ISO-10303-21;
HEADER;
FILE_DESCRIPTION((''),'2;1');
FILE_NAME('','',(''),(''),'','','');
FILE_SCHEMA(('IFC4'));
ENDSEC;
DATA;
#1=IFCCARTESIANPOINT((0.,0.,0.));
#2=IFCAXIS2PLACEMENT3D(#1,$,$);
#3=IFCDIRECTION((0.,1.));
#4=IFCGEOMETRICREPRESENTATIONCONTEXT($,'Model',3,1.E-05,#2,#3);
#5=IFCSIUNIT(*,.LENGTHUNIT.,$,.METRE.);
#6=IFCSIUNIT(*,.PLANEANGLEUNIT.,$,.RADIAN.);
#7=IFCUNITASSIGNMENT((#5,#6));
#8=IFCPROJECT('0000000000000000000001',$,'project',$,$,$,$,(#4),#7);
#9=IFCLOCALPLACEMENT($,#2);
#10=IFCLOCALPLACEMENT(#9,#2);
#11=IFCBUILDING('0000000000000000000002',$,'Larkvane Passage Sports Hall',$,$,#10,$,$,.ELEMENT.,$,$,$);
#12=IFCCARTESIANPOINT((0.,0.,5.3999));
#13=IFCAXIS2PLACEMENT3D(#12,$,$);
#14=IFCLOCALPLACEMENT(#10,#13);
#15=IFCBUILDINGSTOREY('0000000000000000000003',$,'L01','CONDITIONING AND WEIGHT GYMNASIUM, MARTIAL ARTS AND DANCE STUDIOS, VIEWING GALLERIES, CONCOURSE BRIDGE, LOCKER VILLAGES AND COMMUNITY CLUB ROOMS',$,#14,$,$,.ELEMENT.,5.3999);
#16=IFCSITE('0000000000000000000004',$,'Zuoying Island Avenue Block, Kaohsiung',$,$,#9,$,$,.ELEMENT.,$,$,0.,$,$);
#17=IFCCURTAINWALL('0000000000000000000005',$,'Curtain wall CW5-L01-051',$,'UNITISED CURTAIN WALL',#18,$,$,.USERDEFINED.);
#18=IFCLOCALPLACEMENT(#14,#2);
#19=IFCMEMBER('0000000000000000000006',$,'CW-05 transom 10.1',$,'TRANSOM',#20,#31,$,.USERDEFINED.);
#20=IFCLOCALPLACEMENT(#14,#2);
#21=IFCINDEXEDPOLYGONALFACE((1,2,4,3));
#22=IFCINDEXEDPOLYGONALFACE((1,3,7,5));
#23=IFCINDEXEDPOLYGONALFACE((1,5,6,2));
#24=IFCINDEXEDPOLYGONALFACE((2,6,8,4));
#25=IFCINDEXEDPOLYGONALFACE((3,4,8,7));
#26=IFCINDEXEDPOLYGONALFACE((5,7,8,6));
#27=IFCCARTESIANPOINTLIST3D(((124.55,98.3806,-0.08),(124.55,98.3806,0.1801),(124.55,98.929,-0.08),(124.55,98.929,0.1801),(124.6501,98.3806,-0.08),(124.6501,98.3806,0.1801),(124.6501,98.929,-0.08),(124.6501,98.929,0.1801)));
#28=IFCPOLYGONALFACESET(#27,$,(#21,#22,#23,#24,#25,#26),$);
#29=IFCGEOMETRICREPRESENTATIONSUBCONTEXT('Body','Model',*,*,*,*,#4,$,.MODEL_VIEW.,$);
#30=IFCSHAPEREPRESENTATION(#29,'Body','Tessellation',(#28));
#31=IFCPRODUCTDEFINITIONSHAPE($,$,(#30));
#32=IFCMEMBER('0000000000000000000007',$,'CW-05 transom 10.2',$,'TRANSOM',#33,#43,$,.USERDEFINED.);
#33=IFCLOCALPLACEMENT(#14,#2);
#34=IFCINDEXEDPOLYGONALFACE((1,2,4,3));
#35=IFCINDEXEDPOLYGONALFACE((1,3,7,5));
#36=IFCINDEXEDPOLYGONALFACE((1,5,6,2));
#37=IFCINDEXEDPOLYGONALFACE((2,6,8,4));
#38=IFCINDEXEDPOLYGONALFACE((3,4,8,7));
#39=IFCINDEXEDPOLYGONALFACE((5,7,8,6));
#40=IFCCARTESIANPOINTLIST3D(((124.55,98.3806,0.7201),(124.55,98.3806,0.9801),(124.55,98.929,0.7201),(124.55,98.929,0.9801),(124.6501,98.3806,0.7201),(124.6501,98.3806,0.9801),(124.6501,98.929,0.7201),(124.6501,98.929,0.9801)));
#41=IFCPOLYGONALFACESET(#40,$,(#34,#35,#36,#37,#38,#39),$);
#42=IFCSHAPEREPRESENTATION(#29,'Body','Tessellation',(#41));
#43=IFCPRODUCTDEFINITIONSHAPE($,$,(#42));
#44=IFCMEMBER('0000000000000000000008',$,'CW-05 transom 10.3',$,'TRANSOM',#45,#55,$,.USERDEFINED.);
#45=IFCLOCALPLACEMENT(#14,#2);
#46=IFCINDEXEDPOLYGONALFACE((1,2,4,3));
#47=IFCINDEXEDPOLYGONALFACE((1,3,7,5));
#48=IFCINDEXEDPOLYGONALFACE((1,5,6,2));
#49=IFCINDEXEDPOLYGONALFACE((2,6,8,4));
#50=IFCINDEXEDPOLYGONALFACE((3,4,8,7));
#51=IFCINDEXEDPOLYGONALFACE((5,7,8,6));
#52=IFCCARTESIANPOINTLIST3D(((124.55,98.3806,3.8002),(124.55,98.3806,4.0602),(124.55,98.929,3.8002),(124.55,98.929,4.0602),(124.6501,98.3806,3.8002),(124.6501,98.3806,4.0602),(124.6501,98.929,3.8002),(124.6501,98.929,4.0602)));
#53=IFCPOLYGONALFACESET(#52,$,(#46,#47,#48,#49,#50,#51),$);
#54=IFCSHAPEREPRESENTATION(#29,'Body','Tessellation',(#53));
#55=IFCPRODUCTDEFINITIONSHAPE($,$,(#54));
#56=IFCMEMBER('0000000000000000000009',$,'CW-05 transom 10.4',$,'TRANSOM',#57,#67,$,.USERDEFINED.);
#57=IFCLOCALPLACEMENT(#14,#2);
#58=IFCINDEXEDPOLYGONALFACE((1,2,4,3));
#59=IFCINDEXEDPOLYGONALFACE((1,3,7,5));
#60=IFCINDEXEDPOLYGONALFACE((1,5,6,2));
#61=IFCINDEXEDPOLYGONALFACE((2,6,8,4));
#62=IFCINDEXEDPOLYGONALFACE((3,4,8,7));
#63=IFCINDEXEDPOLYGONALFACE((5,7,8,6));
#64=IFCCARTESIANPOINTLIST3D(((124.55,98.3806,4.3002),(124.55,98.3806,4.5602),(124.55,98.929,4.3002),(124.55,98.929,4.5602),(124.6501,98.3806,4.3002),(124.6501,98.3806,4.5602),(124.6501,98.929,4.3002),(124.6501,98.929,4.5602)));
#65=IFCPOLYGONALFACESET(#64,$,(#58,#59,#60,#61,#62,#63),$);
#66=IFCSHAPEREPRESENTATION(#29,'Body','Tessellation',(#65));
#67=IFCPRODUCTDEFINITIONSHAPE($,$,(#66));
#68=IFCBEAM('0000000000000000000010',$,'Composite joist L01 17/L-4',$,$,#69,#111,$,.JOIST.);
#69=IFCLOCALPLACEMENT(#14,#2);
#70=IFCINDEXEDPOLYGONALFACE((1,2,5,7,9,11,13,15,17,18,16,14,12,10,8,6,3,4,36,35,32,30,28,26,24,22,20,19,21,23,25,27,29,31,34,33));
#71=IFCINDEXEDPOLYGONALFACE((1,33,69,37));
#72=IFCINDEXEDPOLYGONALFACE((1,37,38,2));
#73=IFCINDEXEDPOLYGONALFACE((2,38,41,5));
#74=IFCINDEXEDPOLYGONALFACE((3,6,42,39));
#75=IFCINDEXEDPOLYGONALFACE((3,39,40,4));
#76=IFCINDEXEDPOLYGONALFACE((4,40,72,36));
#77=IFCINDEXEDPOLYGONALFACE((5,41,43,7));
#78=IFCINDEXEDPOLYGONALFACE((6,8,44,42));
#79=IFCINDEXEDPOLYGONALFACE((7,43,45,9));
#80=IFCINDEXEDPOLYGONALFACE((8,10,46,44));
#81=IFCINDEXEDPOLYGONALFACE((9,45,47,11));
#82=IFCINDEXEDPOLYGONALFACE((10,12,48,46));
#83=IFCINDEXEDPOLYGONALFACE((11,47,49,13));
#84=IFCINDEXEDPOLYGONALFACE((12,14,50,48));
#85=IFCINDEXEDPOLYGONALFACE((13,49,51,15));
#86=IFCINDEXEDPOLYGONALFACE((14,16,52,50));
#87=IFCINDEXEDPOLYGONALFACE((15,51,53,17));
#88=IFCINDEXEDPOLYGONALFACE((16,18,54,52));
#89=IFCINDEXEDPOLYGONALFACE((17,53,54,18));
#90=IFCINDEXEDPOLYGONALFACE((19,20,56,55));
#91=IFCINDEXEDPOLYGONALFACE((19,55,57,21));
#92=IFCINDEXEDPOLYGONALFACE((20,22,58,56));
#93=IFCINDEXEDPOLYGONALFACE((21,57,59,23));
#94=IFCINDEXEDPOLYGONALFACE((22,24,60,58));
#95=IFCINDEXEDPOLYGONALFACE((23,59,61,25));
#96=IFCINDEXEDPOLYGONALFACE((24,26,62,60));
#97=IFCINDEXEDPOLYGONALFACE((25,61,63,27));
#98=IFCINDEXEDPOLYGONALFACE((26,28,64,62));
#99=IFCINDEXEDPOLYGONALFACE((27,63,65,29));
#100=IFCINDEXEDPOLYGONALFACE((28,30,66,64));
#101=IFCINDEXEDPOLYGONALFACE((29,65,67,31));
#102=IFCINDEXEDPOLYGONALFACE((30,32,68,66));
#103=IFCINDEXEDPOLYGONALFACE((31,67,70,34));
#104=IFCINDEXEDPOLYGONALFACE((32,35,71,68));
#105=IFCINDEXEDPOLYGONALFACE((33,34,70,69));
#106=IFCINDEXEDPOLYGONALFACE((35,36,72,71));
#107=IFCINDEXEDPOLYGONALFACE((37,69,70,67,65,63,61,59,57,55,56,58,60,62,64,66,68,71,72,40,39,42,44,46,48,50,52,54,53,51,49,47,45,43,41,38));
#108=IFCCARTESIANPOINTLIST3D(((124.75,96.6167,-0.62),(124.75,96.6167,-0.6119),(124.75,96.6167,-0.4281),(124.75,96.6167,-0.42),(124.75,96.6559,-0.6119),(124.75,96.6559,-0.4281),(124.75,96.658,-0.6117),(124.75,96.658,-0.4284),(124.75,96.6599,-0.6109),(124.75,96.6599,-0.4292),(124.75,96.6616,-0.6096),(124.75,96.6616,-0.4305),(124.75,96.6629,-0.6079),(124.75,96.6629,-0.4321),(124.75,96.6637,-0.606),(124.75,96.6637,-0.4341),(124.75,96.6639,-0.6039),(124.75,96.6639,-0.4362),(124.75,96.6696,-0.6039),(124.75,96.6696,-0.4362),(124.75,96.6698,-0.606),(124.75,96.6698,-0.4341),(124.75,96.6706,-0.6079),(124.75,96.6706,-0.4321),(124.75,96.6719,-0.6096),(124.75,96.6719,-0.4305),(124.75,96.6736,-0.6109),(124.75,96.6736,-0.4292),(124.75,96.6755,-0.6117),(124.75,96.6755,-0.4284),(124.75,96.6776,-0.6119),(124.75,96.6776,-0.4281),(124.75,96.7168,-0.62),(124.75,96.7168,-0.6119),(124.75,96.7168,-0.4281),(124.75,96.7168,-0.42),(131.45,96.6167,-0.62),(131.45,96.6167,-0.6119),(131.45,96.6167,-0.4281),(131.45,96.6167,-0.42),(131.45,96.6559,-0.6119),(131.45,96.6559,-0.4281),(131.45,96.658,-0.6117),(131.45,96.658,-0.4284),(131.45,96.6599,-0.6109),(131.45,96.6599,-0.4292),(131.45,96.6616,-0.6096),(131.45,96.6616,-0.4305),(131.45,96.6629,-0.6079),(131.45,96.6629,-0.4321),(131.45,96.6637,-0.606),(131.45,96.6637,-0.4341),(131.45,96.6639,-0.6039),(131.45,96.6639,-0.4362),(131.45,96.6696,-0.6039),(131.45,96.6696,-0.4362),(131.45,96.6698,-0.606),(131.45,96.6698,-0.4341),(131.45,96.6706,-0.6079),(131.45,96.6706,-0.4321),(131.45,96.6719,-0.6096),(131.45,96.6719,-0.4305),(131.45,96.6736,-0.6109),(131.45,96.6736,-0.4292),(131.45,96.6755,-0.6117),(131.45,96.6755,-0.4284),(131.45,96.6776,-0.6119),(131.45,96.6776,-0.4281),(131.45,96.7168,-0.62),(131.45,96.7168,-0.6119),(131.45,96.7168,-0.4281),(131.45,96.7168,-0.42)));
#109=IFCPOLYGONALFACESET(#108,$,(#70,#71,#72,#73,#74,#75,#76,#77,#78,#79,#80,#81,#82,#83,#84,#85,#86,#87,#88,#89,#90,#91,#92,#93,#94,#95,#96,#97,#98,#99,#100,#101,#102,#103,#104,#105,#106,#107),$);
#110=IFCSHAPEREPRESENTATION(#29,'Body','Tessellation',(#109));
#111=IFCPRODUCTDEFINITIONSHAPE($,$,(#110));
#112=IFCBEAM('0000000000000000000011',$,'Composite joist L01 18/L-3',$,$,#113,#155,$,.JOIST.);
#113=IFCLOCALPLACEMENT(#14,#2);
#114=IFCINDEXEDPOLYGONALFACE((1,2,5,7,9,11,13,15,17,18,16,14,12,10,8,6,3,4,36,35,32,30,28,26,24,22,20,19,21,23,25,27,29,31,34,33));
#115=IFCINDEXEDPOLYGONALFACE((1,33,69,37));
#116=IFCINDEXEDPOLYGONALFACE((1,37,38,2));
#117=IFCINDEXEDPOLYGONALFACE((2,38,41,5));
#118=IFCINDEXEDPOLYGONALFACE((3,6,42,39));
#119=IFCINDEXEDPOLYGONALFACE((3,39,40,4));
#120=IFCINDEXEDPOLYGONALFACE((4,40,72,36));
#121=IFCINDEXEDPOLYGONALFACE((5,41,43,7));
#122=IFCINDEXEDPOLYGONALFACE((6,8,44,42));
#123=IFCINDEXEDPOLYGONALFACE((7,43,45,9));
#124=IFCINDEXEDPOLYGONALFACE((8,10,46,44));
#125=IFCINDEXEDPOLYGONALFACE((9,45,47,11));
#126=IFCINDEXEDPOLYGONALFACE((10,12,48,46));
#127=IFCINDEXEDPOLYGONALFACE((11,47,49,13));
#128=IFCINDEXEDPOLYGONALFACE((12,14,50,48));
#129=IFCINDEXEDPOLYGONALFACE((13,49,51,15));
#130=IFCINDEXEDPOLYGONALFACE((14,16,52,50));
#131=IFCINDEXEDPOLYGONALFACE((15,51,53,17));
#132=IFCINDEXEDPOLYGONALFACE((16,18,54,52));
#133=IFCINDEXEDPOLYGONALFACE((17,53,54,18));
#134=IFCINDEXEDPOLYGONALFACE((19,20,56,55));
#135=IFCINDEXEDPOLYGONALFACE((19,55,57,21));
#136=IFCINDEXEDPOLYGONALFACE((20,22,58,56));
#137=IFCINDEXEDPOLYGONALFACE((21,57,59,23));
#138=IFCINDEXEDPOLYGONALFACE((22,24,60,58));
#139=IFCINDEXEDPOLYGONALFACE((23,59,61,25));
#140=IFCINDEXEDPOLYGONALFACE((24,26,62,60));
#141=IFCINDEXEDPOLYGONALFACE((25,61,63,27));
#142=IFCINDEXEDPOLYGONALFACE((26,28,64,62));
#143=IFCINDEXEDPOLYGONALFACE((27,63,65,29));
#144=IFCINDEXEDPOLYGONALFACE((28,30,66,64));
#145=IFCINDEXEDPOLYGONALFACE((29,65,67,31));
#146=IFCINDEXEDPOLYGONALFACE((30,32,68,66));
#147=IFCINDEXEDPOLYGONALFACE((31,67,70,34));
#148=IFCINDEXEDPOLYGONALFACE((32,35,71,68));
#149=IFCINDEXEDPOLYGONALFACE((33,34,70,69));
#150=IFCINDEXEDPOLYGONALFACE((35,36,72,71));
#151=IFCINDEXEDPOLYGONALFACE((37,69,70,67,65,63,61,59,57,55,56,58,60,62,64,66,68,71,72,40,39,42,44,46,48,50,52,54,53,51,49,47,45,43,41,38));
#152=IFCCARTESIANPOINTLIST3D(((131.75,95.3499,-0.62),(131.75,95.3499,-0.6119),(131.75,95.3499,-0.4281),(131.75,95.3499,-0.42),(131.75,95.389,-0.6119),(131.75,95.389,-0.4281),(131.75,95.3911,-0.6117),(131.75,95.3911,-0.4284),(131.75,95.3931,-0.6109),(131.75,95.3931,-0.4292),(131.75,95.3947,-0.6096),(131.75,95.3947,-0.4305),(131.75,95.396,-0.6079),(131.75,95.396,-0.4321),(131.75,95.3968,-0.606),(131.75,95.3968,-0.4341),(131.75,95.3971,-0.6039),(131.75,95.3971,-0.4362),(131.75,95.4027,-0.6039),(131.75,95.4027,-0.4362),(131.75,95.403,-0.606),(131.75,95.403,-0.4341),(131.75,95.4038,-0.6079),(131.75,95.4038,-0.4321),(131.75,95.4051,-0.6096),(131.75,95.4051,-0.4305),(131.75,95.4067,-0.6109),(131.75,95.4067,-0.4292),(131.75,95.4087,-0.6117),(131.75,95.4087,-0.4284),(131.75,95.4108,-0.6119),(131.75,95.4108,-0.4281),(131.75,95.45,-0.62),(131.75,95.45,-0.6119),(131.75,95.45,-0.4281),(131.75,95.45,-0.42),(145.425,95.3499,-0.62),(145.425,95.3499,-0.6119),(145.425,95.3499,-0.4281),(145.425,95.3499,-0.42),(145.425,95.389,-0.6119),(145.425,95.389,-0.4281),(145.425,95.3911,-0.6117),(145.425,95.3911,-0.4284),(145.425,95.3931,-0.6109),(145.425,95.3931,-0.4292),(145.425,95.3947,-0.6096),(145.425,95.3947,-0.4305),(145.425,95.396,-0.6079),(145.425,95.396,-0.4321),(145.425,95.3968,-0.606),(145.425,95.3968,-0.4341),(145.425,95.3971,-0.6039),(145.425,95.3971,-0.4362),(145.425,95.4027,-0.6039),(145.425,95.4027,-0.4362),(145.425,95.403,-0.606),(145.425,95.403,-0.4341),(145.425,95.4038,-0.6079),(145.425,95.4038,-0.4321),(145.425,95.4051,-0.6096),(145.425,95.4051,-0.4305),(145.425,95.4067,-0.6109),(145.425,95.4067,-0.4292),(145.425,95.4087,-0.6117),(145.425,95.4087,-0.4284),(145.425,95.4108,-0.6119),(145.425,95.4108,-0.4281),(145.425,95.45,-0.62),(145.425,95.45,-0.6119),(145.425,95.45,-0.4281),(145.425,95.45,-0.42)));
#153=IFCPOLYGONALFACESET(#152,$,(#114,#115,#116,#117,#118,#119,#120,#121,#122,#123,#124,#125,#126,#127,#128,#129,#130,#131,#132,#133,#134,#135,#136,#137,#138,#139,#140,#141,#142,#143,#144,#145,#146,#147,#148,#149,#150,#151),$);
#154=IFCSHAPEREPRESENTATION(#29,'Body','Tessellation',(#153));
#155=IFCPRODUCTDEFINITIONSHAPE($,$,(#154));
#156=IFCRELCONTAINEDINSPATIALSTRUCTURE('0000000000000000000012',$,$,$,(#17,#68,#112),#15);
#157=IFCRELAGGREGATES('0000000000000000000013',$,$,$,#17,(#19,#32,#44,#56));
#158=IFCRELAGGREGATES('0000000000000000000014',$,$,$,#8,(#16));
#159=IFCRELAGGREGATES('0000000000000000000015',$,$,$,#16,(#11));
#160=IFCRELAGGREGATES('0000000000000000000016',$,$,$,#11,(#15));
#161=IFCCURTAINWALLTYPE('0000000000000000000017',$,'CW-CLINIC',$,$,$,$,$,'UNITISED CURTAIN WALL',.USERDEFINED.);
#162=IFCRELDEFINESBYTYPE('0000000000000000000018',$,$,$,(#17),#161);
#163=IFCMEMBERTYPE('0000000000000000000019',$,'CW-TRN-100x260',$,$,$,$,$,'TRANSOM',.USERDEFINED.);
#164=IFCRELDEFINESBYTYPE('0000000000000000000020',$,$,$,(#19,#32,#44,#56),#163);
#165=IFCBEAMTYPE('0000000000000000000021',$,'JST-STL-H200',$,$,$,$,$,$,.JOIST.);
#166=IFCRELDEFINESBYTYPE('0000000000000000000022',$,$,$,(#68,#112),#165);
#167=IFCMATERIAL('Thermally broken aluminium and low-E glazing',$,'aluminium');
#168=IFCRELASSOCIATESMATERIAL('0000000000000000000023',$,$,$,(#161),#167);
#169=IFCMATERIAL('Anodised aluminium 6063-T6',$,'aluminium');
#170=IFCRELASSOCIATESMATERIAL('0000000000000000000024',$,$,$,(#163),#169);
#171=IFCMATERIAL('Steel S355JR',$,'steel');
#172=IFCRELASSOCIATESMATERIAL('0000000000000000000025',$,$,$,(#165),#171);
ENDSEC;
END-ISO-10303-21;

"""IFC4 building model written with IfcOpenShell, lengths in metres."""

from ifc_helpers import new_model, si_unit, direction, frame, origin, origin_2d, place, context, subcontext, project, spatial, rectangle, i_section, extrude, material, material_profile, profile_set, type_object, element, aggregate, save


model = new_model("IFC4")

# Units and contexts
model_context = context("Model", 3, precision=1e-05, world=origin(), true_north=direction((0.0, 1.0)))
body_context = subcontext(model_context, "Body", "Model", "MODEL_VIEW")
ifc_project = project(units=[si_unit("LENGTHUNIT", "METRE"), si_unit("PLANEANGLEUNIT", "RADIAN")], contexts=[model_context])

# Site, building, storey
site_placement = place(None, origin())
site = spatial("IfcSite", under=ifc_project, at=site_placement, Name="Zuoying Island Avenue Block, Kaohsiung", CompositionType="ELEMENT", RefElevation=0.0)
building_placement = place(site_placement, origin())
building = spatial("IfcBuilding", under=site, at=building_placement, Name="Larkvane Passage Sports Hall", CompositionType="ELEMENT")
storey_placement = place(building_placement, frame((0.0, 0.0, 5.3999)))
storey = spatial("IfcBuildingStorey", under=building, at=storey_placement, Name="L01", Description="CONDITIONING AND WEIGHT GYMNASIUM, MARTIAL ARTS AND DANCE STUDIOS, VIEWING GALLERIES, CONCOURSE BRIDGE, LOCKER VILLAGES AND COMMUNITY CLUB ROOMS", CompositionType="ELEMENT", Elevation=5.3999)

# Curtain wall, members
ifc_material_1 = material(Name="Thermally broken aluminium and low-E glazing", Category="aluminium")
curtain_wall_type = type_object("IfcCurtainWallType", Name="CW-CLINIC", ElementType="UNITISED CURTAIN WALL", PredefinedType="USERDEFINED", material=ifc_material_1)
curtain_wall_placement = place(storey_placement, origin())
curtain_wall = element("IfcCurtainWall", 1, at=curtain_wall_placement, inside=storey, type_object=curtain_wall_type, Name="Curtain wall CW5-L01-051", ObjectType="UNITISED CURTAIN WALL", PredefinedType="USERDEFINED")
ifc_material_2 = material(Name="Anodised aluminium 6063-T6", Category="aluminium")
ifc_material_profile_1 = material_profile(ifc_material_2, rectangle(XDim=0.1001, YDim=0.26, at=origin_2d()), Name="ALU-TRN-100x260")
ifc_profile_set_1 = profile_set([ifc_material_profile_1], Name="Anodised aluminium 6063-T6")
member_type_1 = type_object("IfcMemberType", Name="CW-TRN-100x260", ElementType="TRANSOM", PredefinedType="USERDEFINED", material=ifc_profile_set_1)
member_1_placement = place(storey_placement, frame((124.6001, 98.3806, 0.05), z_axis=(0.0, 1.0, 0.0), x_axis=(-1.0, 0.0, 0.0)))
member_1 = element("IfcMember", 2, at=member_1_placement, type_object=member_type_1, Name="CW-05 transom 10.1", ObjectType="TRANSOM", PredefinedType="USERDEFINED", context=body_context, shape_type="SweptSolid", body=[
    extrude(rectangle(XDim=0.1001, YDim=0.26, at=origin_2d()), origin(), (0.0, 0.0, 1.0), 0.5483),
])
member_2_placement = place(storey_placement, frame((124.6001, 98.3806, 0.8501), z_axis=(0.0, 1.0, 0.0), x_axis=(-1.0, 0.0, 0.0)))
member_2 = element("IfcMember", 3, at=member_2_placement, type_object=member_type_1, Name="CW-05 transom 10.2", ObjectType="TRANSOM", PredefinedType="USERDEFINED", context=body_context, shape_type="SweptSolid", body=[
    extrude(rectangle(XDim=0.1001, YDim=0.26, at=origin_2d()), origin(), (0.0, 0.0, 1.0), 0.5483),
])
member_3_placement = place(storey_placement, frame((124.6001, 98.3806, 3.9302), z_axis=(0.0, 1.0, 0.0), x_axis=(-1.0, 0.0, 0.0)))
member_3 = element("IfcMember", 4, at=member_3_placement, type_object=member_type_1, Name="CW-05 transom 10.3", ObjectType="TRANSOM", PredefinedType="USERDEFINED", context=body_context, shape_type="SweptSolid", body=[
    extrude(rectangle(XDim=0.1001, YDim=0.26, at=origin_2d()), origin(), (0.0, 0.0, 1.0), 0.5483),
])
member_4_placement = place(storey_placement, frame((124.6001, 98.3806, 4.4302), z_axis=(0.0, 1.0, 0.0), x_axis=(-1.0, 0.0, 0.0)))
member_4 = element("IfcMember", 5, at=member_4_placement, type_object=member_type_1, Name="CW-05 transom 10.4", ObjectType="TRANSOM", PredefinedType="USERDEFINED", context=body_context, shape_type="SweptSolid", body=[
    extrude(rectangle(XDim=0.1001, YDim=0.26, at=origin_2d()), origin(), (0.0, 0.0, 1.0), 0.5483),
])

# Beams
ifc_material_3 = material(Name="Steel S355JR", Category="steel")
ifc_material_profile_2 = material_profile(ifc_material_3, i_section(OverallWidth=0.1001, OverallDepth=0.2, WebThickness=0.0056, FlangeThickness=0.0081, FilletRadius=0.0081, at=origin_2d()), Name="H-200x100x5.5x8")
ifc_profile_set_2 = profile_set([ifc_material_profile_2], Name="Steel S355JR")
beam_type_1 = type_object("IfcBeamType", Name="JST-STL-H200", PredefinedType="JOIST", material=ifc_profile_set_2)
beam_1_placement = place(storey_placement, frame((124.75, 96.6667, -0.52), z_axis=(1.0, 0.0, 0.0), x_axis=(0.0, 1.0, 0.0)))
element("IfcBeam", 6, at=beam_1_placement, inside=storey, type_object=beam_type_1, Name="Composite joist L01 17/L-4", PredefinedType="JOIST", context=body_context, shape_type="SweptSolid", body=[
    extrude(i_section(OverallWidth=0.1001, OverallDepth=0.2, WebThickness=0.0056, FlangeThickness=0.0081, FilletRadius=0.0081, at=origin_2d()), origin(), (0.0, 0.0, 1.0), 6.7),
])
beam_2_placement = place(storey_placement, frame((131.75, 95.3999, -0.52), z_axis=(1.0, 0.0, 0.0), x_axis=(0.0, 1.0, 0.0)))
element("IfcBeam", 7, at=beam_2_placement, inside=storey, type_object=beam_type_1, Name="Composite joist L01 18/L-3", PredefinedType="JOIST", context=body_context, shape_type="SweptSolid", body=[
    extrude(i_section(OverallWidth=0.1001, OverallDepth=0.2, WebThickness=0.0056, FlangeThickness=0.0081, FilletRadius=0.0081, at=origin_2d()), origin(), (0.0, 0.0, 1.0), 13.675),
])

aggregate(curtain_wall, [member_1, member_2, member_3, member_4])

save(model, "model.ifc")
